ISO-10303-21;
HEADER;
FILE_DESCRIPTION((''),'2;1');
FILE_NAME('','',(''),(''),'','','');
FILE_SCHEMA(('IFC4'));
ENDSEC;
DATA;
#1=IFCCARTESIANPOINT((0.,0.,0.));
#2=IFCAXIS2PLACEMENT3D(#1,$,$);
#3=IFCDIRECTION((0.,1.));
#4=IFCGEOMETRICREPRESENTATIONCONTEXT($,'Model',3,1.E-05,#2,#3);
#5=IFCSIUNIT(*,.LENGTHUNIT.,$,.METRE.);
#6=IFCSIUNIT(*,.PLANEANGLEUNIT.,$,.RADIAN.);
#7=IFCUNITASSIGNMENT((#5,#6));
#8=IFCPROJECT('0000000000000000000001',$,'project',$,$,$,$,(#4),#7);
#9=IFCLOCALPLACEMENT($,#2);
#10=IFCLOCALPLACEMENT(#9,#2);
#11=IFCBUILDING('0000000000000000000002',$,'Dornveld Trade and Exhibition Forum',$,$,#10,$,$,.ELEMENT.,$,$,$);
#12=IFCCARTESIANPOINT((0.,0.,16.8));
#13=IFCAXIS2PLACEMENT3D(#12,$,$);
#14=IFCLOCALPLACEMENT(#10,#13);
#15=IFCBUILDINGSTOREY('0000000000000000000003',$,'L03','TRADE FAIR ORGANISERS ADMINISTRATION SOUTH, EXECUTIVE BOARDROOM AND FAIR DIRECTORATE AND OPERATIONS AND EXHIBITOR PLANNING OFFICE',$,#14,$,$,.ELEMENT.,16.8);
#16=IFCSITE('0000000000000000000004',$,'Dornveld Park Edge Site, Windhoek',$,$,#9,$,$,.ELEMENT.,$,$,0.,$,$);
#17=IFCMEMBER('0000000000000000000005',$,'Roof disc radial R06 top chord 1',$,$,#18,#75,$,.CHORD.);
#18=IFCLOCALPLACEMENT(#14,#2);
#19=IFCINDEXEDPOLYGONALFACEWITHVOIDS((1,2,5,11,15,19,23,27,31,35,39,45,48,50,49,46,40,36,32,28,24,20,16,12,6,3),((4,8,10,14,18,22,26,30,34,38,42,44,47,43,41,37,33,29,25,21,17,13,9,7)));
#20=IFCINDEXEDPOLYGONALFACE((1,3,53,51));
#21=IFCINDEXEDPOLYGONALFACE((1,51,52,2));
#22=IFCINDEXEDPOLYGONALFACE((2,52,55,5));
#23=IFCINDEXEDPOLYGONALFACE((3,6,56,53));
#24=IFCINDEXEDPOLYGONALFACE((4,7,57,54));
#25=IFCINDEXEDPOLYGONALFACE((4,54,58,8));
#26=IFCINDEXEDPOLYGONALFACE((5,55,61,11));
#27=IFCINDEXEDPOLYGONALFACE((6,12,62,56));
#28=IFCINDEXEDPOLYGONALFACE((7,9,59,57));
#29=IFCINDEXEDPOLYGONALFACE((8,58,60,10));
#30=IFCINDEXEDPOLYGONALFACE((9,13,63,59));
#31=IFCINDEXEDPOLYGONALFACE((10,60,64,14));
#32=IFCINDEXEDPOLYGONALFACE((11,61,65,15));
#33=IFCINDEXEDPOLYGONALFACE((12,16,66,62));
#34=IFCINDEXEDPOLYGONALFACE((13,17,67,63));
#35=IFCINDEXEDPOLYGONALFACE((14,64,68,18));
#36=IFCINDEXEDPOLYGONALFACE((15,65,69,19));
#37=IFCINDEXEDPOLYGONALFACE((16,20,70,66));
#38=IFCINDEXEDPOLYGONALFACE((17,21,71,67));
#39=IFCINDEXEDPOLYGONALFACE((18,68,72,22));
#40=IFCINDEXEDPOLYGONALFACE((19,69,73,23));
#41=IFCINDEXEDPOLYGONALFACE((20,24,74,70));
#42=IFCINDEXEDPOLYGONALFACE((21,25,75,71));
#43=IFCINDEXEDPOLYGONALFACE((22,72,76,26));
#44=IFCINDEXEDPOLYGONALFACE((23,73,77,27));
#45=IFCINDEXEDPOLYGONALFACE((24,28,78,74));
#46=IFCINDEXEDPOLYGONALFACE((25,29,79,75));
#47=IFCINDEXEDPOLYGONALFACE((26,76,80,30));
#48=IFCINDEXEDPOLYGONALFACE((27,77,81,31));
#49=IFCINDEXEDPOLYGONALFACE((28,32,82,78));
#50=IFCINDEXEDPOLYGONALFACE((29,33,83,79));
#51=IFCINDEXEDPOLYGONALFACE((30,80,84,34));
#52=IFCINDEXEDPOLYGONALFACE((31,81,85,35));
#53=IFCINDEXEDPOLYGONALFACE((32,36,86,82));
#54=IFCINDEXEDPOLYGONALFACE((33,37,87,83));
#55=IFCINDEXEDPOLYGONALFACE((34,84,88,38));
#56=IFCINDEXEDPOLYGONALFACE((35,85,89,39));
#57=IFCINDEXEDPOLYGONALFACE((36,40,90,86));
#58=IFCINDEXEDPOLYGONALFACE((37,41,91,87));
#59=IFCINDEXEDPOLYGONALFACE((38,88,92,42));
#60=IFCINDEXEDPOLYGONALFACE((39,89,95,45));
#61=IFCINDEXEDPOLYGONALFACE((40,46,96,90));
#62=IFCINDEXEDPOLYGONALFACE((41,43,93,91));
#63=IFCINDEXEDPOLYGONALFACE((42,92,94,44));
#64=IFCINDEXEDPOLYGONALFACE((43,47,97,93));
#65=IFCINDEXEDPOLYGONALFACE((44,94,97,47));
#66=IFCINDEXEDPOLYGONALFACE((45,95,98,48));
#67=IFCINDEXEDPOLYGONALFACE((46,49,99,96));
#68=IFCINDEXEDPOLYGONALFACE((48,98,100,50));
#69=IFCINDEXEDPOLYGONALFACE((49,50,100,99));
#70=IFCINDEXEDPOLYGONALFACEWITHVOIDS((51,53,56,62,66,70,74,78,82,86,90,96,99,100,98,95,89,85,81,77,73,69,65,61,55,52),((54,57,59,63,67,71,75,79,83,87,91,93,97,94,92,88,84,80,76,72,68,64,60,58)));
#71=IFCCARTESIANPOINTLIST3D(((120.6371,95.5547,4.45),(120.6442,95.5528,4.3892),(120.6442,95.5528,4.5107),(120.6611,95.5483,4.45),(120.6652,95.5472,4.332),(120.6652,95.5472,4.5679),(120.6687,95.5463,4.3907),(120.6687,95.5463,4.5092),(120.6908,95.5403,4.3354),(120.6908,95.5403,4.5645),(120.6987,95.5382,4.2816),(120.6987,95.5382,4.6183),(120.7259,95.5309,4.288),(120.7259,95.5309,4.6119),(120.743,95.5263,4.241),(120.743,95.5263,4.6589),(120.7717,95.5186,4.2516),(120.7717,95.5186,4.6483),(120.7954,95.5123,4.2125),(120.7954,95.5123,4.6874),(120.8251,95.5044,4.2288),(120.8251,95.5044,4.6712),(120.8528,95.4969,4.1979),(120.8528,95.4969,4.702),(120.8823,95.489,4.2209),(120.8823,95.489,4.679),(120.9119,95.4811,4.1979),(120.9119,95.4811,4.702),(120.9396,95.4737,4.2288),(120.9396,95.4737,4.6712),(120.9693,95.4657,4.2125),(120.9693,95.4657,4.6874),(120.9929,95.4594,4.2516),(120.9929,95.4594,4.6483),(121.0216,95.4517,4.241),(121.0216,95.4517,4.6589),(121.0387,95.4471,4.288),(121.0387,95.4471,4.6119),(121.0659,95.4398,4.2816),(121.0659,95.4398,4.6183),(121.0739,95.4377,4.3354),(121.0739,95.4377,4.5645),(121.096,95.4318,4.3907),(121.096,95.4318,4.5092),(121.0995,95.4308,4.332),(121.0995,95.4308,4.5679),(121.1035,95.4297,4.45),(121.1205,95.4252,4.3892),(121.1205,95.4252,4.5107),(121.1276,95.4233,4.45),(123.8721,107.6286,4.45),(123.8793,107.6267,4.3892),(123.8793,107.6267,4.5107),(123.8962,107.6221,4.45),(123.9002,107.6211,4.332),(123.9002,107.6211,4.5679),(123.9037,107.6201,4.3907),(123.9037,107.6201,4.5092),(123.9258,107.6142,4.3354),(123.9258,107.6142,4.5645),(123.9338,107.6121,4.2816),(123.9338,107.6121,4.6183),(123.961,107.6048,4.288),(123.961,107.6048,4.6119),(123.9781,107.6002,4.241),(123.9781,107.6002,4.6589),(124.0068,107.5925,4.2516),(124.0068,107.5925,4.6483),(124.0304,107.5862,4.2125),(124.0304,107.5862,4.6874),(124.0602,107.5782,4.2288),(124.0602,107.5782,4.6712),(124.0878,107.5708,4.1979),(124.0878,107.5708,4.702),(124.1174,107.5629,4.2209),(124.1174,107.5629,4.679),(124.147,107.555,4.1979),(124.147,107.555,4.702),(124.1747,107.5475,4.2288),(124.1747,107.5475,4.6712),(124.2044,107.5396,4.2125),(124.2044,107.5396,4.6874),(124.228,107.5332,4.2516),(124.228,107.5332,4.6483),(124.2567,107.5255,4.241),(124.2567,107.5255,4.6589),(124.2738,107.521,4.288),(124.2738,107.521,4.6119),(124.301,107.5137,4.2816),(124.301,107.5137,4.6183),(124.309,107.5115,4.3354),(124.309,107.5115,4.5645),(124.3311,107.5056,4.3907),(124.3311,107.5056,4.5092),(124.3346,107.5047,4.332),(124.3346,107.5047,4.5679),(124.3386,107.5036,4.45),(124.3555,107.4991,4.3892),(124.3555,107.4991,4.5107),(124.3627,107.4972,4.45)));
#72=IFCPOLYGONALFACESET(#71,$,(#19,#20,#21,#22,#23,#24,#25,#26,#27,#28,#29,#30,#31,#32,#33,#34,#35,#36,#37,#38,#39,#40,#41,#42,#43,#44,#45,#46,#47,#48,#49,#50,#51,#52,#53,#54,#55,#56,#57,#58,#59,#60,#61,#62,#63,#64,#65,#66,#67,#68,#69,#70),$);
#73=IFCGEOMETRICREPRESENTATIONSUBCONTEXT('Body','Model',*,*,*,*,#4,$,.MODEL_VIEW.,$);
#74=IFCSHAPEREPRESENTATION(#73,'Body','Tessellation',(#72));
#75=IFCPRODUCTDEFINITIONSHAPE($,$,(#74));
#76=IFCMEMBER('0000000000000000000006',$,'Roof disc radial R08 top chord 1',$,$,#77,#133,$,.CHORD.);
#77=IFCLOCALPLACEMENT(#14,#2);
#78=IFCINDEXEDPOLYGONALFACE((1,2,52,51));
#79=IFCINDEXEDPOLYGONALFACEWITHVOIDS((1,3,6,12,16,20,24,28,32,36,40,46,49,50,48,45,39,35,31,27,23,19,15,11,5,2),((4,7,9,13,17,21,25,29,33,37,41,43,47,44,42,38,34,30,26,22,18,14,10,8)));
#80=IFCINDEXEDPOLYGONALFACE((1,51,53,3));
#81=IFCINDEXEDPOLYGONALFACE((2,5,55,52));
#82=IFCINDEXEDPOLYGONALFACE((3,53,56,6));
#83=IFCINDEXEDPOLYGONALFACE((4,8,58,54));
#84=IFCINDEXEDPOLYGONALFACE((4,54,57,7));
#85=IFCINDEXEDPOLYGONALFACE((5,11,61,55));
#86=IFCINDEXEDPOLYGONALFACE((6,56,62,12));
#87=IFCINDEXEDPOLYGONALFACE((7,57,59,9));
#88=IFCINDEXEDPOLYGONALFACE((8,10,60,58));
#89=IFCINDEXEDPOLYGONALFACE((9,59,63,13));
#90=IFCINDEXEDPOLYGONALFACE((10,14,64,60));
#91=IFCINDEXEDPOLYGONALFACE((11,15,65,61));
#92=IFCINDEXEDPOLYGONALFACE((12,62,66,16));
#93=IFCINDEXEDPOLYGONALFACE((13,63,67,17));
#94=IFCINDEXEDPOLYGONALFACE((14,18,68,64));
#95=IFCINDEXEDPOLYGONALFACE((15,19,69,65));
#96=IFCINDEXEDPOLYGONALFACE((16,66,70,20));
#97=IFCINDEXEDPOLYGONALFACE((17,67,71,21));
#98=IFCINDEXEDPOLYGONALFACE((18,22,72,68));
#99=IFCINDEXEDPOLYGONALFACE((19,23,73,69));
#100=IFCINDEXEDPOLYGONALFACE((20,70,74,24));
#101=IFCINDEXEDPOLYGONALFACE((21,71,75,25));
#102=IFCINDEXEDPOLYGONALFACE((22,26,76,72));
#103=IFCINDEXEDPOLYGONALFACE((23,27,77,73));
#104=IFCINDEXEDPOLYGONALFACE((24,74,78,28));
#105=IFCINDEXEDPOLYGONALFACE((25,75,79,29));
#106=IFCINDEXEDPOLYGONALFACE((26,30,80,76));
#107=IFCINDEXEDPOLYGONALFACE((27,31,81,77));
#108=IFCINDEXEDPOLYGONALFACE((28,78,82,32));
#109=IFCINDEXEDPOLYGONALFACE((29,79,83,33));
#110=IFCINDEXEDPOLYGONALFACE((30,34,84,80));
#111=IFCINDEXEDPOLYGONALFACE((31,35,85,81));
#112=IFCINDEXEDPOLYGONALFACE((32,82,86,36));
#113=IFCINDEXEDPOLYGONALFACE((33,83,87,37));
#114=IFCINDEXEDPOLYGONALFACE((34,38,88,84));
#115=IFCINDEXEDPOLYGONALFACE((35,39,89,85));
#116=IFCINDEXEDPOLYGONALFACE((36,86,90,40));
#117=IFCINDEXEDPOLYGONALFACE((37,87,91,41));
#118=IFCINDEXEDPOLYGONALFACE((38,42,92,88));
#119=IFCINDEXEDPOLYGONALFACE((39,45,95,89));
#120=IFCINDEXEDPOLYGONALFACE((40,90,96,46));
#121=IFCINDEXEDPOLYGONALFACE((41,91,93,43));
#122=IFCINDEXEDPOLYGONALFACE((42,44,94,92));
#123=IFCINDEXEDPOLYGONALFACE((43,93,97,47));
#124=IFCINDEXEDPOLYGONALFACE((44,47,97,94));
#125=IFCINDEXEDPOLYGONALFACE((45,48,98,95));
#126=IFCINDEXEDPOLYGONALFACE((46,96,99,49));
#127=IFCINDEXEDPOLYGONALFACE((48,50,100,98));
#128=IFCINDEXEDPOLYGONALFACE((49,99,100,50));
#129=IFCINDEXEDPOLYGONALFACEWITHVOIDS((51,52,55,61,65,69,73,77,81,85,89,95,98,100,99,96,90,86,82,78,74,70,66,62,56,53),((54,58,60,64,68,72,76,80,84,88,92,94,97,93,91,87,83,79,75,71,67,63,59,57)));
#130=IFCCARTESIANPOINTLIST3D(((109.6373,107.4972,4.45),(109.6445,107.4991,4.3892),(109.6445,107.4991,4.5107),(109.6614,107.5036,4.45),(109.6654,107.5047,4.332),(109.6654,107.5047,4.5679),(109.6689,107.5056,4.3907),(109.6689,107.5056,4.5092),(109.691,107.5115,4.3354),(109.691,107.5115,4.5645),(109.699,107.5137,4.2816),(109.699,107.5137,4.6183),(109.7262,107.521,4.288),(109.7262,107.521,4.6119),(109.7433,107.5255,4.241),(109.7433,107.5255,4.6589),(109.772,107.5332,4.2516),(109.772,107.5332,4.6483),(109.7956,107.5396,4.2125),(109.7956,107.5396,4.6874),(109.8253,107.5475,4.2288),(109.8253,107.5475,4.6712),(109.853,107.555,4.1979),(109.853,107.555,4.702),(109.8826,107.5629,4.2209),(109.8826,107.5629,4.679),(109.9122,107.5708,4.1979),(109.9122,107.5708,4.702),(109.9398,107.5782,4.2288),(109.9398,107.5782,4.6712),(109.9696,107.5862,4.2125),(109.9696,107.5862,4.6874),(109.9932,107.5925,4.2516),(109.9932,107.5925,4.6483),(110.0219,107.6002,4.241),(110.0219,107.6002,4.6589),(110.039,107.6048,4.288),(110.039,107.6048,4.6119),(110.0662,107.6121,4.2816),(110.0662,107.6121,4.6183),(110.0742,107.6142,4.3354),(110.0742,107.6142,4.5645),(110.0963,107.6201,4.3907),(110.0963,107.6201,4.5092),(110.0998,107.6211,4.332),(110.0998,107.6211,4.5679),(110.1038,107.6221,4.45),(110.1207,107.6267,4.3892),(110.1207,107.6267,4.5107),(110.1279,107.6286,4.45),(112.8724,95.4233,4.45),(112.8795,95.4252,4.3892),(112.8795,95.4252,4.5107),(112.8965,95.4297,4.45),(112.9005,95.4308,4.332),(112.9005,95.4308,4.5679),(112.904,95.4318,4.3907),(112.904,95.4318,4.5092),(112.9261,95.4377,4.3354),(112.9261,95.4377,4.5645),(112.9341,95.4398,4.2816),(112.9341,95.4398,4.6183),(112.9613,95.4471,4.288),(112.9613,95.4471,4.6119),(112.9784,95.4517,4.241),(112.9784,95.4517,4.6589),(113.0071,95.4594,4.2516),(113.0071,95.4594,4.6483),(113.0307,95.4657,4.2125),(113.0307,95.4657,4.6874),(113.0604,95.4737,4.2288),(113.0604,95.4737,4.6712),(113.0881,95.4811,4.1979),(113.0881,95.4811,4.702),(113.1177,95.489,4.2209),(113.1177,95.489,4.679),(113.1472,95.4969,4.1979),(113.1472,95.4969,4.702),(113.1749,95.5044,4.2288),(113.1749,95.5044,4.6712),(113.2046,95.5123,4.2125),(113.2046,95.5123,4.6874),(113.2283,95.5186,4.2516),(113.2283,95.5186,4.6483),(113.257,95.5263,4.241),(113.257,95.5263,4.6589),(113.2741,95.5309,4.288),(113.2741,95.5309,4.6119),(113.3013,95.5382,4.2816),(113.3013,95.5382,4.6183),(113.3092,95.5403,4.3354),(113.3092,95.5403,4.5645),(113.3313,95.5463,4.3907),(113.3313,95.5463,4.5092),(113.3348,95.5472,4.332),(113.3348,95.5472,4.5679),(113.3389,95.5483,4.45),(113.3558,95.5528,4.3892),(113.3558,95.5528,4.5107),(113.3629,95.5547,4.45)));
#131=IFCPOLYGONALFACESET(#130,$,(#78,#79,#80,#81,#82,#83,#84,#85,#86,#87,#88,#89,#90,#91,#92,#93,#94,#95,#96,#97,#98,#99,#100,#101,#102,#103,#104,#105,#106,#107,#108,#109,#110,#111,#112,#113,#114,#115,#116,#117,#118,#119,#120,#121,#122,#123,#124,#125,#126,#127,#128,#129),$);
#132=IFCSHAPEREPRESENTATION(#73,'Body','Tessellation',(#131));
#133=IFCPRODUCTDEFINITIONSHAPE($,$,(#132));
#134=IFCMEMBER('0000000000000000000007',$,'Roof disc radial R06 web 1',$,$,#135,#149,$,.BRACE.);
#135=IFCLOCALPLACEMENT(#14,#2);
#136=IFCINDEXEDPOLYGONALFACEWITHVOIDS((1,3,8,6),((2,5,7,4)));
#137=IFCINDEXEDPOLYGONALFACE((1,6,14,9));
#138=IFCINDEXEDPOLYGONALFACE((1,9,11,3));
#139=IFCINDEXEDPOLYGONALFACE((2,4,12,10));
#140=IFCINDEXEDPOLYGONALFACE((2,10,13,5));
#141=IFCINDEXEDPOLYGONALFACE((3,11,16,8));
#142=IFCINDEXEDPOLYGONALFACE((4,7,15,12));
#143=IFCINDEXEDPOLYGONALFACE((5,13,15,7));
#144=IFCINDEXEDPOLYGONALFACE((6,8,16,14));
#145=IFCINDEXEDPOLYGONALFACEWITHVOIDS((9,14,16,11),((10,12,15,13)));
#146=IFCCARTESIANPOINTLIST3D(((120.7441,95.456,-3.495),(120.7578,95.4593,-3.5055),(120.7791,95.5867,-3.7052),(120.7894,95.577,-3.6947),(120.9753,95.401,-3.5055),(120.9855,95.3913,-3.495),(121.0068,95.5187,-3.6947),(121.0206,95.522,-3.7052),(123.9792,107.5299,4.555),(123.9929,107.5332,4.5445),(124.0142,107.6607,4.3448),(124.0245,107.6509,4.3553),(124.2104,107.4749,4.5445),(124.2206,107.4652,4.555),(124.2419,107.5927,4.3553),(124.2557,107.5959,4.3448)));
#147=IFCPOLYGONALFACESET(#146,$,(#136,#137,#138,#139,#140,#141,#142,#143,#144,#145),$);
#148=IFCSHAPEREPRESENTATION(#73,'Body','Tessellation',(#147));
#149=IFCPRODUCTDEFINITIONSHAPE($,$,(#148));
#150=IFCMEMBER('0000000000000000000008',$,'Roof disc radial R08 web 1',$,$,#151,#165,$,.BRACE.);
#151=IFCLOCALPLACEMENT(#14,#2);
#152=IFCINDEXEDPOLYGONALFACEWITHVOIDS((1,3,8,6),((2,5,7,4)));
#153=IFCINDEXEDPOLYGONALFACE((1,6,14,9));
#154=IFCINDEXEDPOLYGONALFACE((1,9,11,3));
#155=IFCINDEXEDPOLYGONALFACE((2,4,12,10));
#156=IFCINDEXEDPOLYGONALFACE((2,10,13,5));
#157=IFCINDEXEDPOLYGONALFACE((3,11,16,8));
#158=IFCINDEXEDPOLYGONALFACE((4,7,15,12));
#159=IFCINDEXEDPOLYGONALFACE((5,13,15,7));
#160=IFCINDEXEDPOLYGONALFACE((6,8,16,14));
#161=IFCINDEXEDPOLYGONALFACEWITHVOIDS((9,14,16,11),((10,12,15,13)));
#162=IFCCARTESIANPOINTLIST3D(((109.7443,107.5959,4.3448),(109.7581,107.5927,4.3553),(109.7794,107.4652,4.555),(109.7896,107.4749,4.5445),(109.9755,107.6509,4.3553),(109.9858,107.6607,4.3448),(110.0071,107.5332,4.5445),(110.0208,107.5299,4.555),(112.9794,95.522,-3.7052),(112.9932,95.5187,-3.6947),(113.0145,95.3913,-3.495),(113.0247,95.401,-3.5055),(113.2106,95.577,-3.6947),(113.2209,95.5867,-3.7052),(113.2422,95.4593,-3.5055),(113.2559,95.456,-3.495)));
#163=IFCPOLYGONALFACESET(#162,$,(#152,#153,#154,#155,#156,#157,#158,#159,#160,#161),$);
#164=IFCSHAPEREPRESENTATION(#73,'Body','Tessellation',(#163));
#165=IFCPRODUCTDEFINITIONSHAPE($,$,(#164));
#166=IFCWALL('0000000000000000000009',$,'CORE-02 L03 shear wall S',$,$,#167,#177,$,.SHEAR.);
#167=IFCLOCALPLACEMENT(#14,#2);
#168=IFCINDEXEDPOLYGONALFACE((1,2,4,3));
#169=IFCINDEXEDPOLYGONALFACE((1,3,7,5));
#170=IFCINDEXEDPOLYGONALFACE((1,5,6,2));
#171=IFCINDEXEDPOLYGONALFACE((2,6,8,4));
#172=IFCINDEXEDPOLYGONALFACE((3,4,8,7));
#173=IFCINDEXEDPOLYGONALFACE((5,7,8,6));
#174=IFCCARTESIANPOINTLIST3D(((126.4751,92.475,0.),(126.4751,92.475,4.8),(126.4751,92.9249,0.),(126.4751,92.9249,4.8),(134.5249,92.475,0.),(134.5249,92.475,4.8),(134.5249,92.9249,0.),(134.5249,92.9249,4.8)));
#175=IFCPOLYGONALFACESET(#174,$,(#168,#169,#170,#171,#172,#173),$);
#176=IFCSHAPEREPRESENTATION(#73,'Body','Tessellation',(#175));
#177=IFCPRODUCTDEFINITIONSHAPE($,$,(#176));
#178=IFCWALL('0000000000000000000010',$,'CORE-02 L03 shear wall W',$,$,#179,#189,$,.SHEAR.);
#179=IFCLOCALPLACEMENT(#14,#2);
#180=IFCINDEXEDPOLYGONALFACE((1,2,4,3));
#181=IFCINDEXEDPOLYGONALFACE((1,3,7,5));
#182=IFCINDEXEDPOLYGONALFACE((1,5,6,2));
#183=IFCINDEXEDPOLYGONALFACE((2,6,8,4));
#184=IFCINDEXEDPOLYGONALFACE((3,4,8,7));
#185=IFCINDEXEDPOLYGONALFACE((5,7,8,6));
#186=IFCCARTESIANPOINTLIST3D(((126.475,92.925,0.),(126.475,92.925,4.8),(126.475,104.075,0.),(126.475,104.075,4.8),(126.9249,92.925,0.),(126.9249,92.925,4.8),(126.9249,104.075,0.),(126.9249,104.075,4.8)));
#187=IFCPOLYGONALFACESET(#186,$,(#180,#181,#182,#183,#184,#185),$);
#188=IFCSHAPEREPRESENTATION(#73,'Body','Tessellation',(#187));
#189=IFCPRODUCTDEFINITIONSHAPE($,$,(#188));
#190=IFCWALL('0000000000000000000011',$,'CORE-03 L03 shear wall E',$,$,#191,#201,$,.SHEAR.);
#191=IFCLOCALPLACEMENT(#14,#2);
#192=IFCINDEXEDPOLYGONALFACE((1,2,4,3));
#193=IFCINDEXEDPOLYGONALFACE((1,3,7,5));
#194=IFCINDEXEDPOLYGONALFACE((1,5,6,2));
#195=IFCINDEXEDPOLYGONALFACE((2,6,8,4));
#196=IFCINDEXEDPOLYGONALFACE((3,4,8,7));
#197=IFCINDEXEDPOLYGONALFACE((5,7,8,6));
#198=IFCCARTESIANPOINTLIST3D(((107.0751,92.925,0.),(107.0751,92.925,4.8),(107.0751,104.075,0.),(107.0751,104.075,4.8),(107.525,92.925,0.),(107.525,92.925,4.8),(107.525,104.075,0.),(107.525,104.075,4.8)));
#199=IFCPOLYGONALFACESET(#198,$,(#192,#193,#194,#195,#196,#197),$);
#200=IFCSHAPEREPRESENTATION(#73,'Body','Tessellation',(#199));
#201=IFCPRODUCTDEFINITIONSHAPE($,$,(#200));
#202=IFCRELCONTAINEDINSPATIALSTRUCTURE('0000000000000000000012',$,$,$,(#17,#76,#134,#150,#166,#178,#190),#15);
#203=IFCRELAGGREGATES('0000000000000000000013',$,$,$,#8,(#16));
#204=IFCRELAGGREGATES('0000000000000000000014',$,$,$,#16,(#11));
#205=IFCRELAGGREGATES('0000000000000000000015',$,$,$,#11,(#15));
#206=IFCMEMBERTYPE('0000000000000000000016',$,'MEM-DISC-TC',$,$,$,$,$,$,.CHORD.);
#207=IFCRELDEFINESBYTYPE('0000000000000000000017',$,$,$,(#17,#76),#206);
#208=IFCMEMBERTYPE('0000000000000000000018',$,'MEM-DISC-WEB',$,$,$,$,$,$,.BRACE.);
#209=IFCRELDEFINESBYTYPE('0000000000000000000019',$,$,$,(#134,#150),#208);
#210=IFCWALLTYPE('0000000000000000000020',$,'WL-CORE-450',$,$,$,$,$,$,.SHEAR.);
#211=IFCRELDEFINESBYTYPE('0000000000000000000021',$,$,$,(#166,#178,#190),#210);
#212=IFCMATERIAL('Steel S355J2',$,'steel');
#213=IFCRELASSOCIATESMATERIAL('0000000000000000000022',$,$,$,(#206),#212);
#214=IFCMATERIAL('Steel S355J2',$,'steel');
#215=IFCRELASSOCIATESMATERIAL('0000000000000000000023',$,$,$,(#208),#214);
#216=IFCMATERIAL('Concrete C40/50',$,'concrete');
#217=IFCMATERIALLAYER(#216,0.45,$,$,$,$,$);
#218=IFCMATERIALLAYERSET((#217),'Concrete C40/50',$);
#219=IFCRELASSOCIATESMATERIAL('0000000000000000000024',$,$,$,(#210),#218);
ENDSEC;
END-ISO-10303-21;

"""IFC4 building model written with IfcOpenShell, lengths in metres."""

from ifc_helpers import new_model, si_unit, direction, frame, frame_2d, origin, origin_2d, place, context, subcontext, project, spatial, rectangle, hollow_rectangle, hollow_circle, extrude, material, layer, layer_set, material_profile, profile_set, type_object, element, save


model = new_model("IFC4")

# Units and contexts
model_context = context("Model", 3, precision=1e-05, world=origin(), true_north=direction((0.0, 1.0)))
body_context = subcontext(model_context, "Body", "Model", "MODEL_VIEW")
ifc_project = project(units=[si_unit("LENGTHUNIT", "METRE"), si_unit("PLANEANGLEUNIT", "RADIAN")], contexts=[model_context])

# Site, building, storey
site_placement = place(None, origin())
site = spatial("IfcSite", under=ifc_project, at=site_placement, Name="Dornveld Park Edge Site, Windhoek", CompositionType="ELEMENT", RefElevation=0.0)
building_placement = place(site_placement, origin())
building = spatial("IfcBuilding", under=site, at=building_placement, Name="Dornveld Trade and Exhibition Forum", CompositionType="ELEMENT")
storey_placement = place(building_placement, frame((0.0, 0.0, 16.8)))
storey = spatial("IfcBuildingStorey", under=building, at=storey_placement, Name="L03", Description="TRADE FAIR ORGANISERS ADMINISTRATION SOUTH, EXECUTIVE BOARDROOM AND FAIR DIRECTORATE AND OPERATIONS AND EXHIBITOR PLANNING OFFICE", CompositionType="ELEMENT", Elevation=16.8)

# Members
ifc_material_1 = material(Name="Steel S355J2", Category="steel")
ifc_material_profile_1 = material_profile(ifc_material_1, hollow_circle(Radius=0.2539, WallThickness=0.0249, at=origin_2d()), Name="CHS 508x25")
ifc_profile_set_1 = profile_set([ifc_material_profile_1], Name="Steel S355J2")
member_type_1 = type_object("IfcMemberType", Name="MEM-DISC-TC", PredefinedType="CHORD", material=ifc_profile_set_1)
for number, where, z_axis, x_axis, name in (
    (1, (120.8823, 95.489, 4.45), (0.258811, 0.965928, 0.0), (-0.965928, 0.258811, 0.0), "Roof disc radial R06 top chord 1"),
    (2, (113.1177, 95.489, 4.45), (-0.258811, 0.965928, 0.0), (-0.965928, -0.258811, 0.0), "Roof disc radial R08 top chord 1"),
):
    element("IfcMember", number, at=place(storey_placement, frame(where, z_axis=z_axis, x_axis=x_axis)), inside=storey, type_object=member_type_1, Name=name, PredefinedType="CHORD", context=body_context, shape_type="SweptSolid", body=[
        extrude(hollow_circle(Radius=0.2539, WallThickness=0.0249, at=origin_2d()), origin(), (0.0, 0.0, 1.0), 12.4998),
    ])
ifc_material_2 = material(Name="Steel S355J2", Category="steel")
ifc_material_profile_2 = material_profile(ifc_material_2, hollow_rectangle(XDim=0.25, YDim=0.25, WallThickness=0.0125, at=origin_2d()), Name="SHS 250x250x12.5")
ifc_profile_set_2 = profile_set([ifc_material_profile_2], Name="Steel S355J2")
member_type_2 = type_object("IfcMemberType", Name="MEM-DISC-WEB", PredefinedType="BRACE", material=ifc_profile_set_2)
for number, where, z_axis, x_axis, name in (
    (3, (120.8823, 95.489, -3.6001), (0.217592, 0.812091, 0.541444), (-0.965928, 0.258811, 0.0), "Roof disc radial R06 web 1"),
    (4, (113.1177, 95.489, -3.6001), (-0.217592, 0.812091, 0.541444), (-0.965928, -0.258811, 0.0), "Roof disc radial R08 web 1"),
):
    element("IfcMember", number, at=place(storey_placement, frame(where, z_axis=z_axis, x_axis=x_axis)), inside=storey, type_object=member_type_2, Name=name, PredefinedType="BRACE", context=body_context, shape_type="SweptSolid", body=[
        extrude(hollow_rectangle(XDim=0.25, YDim=0.25, WallThickness=0.0125, at=origin_2d()), origin(), (0.0, 0.0, 1.0), 14.8677),
    ])

# Walls
ifc_material_3 = material(Name="Concrete C40/50", Category="concrete")
ifc_layer_1 = layer(ifc_material_3, 0.45)
ifc_layer_set_1 = layer_set([ifc_layer_1], Name="Concrete C40/50")
wall_type_1 = type_object("IfcWallType", Name="WL-CORE-450", PredefinedType="SHEAR", material=ifc_layer_set_1)
wall_1_placement = place(storey_placement, frame((126.4751, 92.7, 0.0), z_axis=(0.0, 0.0, 1.0), x_axis=(1.0, 0.0, 0.0)))
element("IfcWall", 5, at=wall_1_placement, inside=storey, type_object=wall_type_1, Name="CORE-02 L03 shear wall S", PredefinedType="SHEAR", context=body_context, shape_type="SweptSolid", body=[
    extrude(rectangle(XDim=8.0498, YDim=0.45, at=frame_2d((4.0249, 0.0))), origin(), (0.0, 0.0, 1.0), 4.8),
])
for number, where, z_axis, x_axis, name in (
    (6, (126.7, 92.925, 0.0), (0.0, 0.0, 1.0), (0.0, 1.0, 0.0), "CORE-02 L03 shear wall W"),
    (7, (107.3, 92.925, 0.0), (0.0, 0.0, 1.0), (0.0, 1.0, 0.0), "CORE-03 L03 shear wall E"),
):
    element("IfcWall", number, at=place(storey_placement, frame(where, z_axis=z_axis, x_axis=x_axis)), inside=storey, type_object=wall_type_1, Name=name, PredefinedType="SHEAR", context=body_context, shape_type="SweptSolid", body=[
        extrude(rectangle(XDim=11.1499, YDim=0.45, at=frame_2d((5.575, 0.0))), origin(), (0.0, 0.0, 1.0), 4.8),
    ])

save(model, "model.ifc")
